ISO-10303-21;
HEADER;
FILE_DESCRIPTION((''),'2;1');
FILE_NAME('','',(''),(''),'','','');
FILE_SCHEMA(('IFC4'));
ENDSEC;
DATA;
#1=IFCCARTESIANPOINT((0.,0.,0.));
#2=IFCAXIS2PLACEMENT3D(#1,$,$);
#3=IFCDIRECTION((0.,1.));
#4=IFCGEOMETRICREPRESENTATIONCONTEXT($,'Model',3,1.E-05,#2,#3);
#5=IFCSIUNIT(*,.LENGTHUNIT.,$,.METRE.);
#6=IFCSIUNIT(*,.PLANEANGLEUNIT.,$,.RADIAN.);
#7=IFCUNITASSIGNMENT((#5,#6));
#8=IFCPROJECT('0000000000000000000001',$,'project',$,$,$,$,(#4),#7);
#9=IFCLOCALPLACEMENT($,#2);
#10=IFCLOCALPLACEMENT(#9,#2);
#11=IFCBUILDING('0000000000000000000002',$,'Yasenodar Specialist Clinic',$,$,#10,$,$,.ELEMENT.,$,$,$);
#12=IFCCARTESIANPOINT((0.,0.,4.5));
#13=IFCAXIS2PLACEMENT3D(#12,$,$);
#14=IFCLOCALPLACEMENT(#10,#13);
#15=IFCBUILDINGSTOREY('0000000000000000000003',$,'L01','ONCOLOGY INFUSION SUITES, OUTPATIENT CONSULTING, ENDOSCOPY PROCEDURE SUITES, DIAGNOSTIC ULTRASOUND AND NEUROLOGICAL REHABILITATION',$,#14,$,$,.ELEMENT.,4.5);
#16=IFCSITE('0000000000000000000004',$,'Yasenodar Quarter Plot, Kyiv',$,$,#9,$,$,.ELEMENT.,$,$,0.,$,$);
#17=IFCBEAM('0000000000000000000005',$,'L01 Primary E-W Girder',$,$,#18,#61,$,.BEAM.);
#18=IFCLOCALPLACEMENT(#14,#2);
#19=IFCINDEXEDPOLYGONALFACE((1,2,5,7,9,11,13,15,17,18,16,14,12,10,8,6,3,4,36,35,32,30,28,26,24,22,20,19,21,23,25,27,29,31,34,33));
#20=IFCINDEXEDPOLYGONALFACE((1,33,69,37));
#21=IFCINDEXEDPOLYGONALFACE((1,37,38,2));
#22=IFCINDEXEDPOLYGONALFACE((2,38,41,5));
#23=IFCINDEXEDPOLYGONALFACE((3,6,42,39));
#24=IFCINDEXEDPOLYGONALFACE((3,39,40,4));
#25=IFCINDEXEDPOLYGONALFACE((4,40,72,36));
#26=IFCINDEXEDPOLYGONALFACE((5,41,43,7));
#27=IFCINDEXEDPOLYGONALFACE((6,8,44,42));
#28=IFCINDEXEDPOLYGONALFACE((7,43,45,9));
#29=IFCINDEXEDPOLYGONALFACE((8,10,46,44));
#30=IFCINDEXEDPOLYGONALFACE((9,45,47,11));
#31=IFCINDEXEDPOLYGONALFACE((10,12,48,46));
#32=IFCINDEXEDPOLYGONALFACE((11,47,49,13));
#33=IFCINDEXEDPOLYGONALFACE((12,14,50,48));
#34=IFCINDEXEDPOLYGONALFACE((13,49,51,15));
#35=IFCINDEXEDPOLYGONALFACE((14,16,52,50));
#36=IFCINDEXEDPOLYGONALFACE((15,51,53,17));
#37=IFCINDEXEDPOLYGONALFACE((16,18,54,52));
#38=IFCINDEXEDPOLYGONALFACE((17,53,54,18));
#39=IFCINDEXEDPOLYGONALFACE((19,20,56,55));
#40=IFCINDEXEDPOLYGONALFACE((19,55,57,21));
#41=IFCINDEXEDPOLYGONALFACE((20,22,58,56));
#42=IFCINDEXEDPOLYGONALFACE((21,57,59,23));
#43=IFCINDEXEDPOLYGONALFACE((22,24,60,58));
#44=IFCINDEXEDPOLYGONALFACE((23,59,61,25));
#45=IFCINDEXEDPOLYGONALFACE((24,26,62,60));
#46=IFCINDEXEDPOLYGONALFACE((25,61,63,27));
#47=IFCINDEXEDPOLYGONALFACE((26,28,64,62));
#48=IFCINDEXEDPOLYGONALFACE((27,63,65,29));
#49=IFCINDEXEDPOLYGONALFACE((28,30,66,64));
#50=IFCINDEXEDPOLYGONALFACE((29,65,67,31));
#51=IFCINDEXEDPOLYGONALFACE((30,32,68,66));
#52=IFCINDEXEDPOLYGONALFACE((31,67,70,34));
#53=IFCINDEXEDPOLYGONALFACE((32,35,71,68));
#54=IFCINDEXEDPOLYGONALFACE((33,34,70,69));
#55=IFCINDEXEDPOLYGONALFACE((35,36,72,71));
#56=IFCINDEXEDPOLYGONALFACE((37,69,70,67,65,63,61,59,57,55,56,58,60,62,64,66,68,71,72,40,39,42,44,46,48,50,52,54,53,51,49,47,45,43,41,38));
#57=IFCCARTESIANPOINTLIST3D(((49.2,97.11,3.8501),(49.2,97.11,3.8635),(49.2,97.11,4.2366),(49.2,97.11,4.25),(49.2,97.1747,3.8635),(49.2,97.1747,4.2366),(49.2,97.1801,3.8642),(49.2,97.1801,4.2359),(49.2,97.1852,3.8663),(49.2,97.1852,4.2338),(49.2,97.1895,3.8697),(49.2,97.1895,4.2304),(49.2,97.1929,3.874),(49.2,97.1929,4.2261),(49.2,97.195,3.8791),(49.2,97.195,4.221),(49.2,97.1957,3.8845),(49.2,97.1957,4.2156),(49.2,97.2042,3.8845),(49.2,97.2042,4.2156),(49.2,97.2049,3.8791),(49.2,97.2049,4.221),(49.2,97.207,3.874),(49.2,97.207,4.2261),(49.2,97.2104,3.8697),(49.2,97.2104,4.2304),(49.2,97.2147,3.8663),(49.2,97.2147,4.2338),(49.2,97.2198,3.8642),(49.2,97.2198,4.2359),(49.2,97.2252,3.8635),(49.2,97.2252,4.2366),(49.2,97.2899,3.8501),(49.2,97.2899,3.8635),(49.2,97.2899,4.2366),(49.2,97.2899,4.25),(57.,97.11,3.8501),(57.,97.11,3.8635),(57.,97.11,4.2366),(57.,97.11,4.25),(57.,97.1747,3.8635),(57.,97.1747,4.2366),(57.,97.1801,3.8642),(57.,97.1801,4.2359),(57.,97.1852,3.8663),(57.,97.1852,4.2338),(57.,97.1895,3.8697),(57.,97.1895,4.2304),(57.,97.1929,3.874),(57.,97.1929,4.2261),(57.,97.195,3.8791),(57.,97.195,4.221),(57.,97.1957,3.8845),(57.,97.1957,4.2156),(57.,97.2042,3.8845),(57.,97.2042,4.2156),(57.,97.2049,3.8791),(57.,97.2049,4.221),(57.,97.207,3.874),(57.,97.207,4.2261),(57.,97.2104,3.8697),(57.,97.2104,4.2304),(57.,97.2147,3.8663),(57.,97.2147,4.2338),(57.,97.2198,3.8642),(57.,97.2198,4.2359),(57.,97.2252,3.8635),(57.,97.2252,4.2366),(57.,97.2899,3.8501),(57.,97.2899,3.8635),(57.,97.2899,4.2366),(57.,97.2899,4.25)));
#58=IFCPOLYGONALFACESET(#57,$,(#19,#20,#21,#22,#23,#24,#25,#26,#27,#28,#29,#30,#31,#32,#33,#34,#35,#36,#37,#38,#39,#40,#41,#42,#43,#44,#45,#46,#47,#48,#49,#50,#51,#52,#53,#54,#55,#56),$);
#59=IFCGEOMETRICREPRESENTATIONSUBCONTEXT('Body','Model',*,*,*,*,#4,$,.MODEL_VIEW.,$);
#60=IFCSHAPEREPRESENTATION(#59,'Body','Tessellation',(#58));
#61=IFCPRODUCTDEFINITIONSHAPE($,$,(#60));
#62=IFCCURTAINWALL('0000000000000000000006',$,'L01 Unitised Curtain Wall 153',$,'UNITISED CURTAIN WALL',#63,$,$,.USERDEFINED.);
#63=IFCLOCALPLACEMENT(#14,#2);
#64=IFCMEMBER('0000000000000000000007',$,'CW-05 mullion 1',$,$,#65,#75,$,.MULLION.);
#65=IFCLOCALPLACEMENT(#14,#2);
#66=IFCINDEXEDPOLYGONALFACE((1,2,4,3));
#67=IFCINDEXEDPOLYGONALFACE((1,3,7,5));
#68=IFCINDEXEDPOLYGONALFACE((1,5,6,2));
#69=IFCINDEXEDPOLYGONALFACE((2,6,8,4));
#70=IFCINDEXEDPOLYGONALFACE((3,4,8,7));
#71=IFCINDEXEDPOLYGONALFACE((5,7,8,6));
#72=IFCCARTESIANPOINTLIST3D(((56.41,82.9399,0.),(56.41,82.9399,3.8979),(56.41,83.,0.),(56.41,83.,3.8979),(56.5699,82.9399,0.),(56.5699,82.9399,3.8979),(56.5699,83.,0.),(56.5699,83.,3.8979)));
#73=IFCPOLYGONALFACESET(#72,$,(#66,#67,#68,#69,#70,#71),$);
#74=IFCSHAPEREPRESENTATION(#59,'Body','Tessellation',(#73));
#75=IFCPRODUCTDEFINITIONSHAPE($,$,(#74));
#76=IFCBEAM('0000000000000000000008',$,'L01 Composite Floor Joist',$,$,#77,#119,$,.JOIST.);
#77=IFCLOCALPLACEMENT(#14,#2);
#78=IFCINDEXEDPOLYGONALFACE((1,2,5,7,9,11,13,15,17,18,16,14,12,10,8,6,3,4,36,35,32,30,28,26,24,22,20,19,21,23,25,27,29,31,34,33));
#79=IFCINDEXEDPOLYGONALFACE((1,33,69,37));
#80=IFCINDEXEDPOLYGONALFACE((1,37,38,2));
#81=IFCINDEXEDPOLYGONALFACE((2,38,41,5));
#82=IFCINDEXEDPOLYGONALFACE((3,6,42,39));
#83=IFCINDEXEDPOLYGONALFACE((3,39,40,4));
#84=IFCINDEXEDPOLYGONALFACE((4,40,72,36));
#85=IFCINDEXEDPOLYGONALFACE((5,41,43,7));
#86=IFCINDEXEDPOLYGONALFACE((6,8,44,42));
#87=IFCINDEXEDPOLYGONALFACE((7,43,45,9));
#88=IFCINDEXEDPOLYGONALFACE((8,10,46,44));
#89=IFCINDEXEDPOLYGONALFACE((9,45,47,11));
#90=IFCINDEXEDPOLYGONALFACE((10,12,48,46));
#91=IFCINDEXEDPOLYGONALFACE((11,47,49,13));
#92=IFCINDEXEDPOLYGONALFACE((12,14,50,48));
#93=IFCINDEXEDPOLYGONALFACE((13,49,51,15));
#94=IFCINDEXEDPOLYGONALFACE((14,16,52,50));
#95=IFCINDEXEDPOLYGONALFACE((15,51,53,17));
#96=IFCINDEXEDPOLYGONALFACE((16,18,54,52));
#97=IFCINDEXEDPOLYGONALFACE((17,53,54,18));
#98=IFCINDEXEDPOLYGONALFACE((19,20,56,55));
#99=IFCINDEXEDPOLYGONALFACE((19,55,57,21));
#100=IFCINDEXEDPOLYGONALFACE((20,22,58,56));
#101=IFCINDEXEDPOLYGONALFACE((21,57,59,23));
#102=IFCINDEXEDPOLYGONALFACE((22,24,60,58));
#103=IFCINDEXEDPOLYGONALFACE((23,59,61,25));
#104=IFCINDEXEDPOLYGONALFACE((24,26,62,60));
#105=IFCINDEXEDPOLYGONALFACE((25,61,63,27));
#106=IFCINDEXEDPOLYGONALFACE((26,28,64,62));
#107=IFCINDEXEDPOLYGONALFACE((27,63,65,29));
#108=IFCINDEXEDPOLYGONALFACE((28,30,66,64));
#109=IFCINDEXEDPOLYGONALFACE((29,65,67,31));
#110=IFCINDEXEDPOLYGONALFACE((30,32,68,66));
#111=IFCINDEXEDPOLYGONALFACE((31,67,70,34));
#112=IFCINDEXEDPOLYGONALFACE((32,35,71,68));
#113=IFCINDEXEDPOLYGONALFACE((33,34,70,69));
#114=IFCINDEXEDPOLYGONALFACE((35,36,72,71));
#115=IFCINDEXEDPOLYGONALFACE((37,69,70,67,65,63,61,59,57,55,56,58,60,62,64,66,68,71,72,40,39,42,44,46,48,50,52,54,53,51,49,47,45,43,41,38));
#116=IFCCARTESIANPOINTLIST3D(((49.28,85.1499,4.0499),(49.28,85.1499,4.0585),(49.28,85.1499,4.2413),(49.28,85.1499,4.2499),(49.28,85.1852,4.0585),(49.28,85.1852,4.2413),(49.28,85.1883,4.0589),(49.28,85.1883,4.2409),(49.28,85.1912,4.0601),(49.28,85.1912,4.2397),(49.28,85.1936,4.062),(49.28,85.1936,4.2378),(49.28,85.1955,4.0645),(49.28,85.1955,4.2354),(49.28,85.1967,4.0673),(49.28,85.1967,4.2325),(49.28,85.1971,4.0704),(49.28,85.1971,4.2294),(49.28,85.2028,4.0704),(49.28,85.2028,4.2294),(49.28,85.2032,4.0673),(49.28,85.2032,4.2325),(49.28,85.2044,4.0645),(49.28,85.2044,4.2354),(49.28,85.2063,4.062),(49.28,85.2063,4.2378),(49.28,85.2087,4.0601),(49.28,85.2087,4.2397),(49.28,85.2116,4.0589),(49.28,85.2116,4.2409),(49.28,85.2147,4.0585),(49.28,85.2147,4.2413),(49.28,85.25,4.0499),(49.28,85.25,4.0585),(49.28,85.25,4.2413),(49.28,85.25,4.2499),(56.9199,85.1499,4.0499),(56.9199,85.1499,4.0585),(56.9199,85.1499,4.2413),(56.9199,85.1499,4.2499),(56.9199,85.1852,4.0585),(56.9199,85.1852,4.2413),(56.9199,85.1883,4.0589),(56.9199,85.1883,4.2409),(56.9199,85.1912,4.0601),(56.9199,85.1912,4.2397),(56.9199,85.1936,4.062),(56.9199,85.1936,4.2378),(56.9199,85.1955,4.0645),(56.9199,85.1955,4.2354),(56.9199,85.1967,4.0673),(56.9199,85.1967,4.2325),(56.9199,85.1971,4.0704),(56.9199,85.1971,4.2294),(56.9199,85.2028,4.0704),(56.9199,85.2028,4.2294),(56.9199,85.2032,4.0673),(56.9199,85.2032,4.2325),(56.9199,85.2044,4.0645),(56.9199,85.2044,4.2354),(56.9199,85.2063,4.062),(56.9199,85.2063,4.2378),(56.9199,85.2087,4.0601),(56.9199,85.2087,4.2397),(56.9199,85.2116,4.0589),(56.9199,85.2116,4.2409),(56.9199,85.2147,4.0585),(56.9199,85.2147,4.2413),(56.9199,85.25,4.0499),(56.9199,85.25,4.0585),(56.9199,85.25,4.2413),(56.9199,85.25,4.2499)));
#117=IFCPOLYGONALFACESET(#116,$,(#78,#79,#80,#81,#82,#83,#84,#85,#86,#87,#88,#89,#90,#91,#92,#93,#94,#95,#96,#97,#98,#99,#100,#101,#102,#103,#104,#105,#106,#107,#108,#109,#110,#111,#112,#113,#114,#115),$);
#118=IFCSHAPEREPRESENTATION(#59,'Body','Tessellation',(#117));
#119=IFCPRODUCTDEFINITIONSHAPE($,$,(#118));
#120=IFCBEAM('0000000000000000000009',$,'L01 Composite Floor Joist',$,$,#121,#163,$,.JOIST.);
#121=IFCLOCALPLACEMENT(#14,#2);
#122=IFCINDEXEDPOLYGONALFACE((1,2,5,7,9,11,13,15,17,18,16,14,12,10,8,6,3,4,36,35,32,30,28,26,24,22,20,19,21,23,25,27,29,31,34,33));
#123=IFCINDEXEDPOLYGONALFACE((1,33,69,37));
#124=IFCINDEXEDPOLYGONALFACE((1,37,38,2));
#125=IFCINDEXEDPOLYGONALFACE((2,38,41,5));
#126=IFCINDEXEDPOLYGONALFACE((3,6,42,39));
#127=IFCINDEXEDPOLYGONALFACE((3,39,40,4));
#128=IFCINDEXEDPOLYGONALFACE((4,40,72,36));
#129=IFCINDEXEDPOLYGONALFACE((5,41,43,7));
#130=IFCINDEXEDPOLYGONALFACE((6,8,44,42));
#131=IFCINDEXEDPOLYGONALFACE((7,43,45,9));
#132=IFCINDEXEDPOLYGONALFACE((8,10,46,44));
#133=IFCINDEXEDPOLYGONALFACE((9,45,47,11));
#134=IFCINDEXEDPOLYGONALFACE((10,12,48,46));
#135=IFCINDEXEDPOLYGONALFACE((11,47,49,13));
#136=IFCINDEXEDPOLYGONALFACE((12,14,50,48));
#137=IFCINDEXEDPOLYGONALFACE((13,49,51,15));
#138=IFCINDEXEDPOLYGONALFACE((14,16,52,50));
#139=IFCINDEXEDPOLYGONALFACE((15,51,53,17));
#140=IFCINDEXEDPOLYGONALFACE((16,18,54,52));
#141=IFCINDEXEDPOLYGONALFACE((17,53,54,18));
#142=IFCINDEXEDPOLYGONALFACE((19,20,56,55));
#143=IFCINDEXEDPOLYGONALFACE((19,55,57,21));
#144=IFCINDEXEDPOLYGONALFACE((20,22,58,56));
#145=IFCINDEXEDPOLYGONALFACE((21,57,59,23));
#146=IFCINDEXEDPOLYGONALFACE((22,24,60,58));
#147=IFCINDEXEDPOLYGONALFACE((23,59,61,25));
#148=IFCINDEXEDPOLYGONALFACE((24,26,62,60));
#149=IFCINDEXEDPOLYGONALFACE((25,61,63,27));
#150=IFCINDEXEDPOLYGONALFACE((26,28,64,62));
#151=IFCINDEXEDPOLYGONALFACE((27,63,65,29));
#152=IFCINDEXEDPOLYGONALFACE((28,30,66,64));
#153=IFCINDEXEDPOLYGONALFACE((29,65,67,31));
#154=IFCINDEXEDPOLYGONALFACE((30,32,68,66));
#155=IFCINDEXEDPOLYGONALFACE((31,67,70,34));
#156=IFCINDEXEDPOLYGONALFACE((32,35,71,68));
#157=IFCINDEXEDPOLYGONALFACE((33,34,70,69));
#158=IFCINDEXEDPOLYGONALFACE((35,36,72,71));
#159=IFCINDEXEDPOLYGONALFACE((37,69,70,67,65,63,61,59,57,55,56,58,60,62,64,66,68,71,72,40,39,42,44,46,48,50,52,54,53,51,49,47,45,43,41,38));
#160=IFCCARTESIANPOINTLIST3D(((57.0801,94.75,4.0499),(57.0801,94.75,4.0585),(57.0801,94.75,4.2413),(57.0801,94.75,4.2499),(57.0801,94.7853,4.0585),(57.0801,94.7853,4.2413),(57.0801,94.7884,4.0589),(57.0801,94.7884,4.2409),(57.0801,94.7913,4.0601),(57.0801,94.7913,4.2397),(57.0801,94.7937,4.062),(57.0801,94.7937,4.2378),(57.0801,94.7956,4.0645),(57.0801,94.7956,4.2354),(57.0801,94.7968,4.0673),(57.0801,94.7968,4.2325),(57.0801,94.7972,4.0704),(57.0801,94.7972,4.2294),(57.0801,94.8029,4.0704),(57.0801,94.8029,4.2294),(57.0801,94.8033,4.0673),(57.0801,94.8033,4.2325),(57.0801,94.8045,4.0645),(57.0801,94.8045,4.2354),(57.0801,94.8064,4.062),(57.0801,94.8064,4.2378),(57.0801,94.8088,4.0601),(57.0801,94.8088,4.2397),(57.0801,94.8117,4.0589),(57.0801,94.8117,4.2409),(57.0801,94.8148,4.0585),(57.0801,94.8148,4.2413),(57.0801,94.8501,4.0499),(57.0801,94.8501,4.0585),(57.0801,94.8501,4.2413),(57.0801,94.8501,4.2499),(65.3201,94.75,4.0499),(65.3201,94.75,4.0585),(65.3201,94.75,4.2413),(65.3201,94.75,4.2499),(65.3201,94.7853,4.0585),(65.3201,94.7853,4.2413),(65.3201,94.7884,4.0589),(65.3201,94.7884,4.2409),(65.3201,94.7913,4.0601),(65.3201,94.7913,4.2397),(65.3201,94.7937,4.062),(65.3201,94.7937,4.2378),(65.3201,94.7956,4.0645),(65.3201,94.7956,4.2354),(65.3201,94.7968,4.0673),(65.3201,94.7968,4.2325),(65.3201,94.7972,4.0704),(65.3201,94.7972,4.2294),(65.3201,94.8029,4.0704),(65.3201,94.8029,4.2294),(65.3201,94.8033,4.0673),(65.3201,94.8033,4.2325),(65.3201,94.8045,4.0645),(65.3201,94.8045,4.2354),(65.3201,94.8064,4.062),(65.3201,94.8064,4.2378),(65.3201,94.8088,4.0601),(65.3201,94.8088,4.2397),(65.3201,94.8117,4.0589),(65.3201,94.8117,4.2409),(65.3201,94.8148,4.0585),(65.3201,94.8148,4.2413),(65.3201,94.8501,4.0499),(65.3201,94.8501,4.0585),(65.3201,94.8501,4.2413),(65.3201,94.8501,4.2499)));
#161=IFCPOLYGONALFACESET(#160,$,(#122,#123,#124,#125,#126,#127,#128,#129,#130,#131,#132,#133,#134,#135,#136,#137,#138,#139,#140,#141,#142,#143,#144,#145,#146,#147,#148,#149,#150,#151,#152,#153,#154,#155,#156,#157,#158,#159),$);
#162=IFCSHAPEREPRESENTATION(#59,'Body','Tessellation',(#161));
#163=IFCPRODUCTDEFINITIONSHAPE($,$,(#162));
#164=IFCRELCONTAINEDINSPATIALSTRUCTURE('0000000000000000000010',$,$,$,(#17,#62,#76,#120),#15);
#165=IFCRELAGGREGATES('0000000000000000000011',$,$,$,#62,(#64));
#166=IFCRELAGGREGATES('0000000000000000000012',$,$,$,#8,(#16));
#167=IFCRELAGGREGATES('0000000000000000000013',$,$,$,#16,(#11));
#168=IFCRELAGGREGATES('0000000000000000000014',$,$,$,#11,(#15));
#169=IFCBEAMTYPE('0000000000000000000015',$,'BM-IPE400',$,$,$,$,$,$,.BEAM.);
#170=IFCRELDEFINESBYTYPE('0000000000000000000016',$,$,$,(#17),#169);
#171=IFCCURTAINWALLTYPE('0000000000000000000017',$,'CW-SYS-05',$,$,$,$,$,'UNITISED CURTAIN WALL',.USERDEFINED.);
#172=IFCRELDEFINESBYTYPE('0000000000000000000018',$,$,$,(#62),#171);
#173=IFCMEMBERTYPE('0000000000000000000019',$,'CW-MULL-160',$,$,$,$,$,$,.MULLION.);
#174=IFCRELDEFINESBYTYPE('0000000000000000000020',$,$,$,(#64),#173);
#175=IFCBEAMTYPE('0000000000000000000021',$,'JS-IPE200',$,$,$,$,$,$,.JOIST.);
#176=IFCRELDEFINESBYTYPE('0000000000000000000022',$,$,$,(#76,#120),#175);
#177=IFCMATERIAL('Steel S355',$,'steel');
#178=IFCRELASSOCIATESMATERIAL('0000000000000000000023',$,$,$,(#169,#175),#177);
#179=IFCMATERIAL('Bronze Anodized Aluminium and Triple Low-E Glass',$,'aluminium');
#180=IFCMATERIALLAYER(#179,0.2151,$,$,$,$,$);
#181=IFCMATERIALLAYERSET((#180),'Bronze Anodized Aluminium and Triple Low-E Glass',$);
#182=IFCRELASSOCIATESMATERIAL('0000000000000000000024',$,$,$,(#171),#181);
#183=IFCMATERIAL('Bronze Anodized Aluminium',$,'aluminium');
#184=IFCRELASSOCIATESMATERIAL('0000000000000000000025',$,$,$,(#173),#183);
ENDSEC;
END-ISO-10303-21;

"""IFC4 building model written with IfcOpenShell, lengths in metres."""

from ifc_helpers import new_model, si_unit, direction, frame, origin, origin_2d, place, context, subcontext, project, spatial, rectangle, i_section, extrude, material, layer, layer_set, material_profile, profile_set, type_object, element, aggregate, save


model = new_model("IFC4")

# Units and contexts
model_context = context("Model", 3, precision=1e-05, world=origin(), true_north=direction((0.0, 1.0)))
body_context = subcontext(model_context, "Body", "Model", "MODEL_VIEW")
ifc_project = project(units=[si_unit("LENGTHUNIT", "METRE"), si_unit("PLANEANGLEUNIT", "RADIAN")], contexts=[model_context])

# Site, building, storey
site_placement = place(None, origin())
site = spatial("IfcSite", under=ifc_project, at=site_placement, Name="Yasenodar Quarter Plot, Kyiv", CompositionType="ELEMENT", RefElevation=0.0)
building_placement = place(site_placement, origin())
building = spatial("IfcBuilding", under=site, at=building_placement, Name="Yasenodar Specialist Clinic", CompositionType="ELEMENT")
storey_placement = place(building_placement, frame((0.0, 0.0, 4.5)))
storey = spatial("IfcBuildingStorey", under=building, at=storey_placement, Name="L01", Description="ONCOLOGY INFUSION SUITES, OUTPATIENT CONSULTING, ENDOSCOPY PROCEDURE SUITES, DIAGNOSTIC ULTRASOUND AND NEUROLOGICAL REHABILITATION", CompositionType="ELEMENT", Elevation=4.5)

# Shared definitions
ifc_material_1 = material(Name="Steel S355", Category="steel")

# Beam
ifc_material_profile_1 = material_profile(ifc_material_1, i_section(OverallWidth=0.1799, OverallDepth=0.3999, WebThickness=0.0085, FlangeThickness=0.0134, FilletRadius=0.021, at=origin_2d()), Name="IPE 400")
ifc_profile_set_1 = profile_set([ifc_material_profile_1], Name="Steel S355")
beam_type_1 = type_object("IfcBeamType", Name="BM-IPE400", PredefinedType="BEAM", material=ifc_profile_set_1)
beam_1_placement = place(storey_placement, frame((49.2, 97.2, 4.05), z_axis=(1.0, 0.0, 0.0), x_axis=(0.0, 1.0, 0.0)))
element("IfcBeam", 1, at=beam_1_placement, inside=storey, type_object=beam_type_1, Name="L01 Primary E-W Girder", PredefinedType="BEAM", context=body_context, shape_type="SweptSolid", body=[
    extrude(i_section(OverallWidth=0.1799, OverallDepth=0.3999, WebThickness=0.0085, FlangeThickness=0.0134, FilletRadius=0.021, at=origin_2d()), origin(), (0.0, 0.0, 1.0), 7.8),
])

# Curtain wall, member
ifc_material_2 = material(Name="Bronze Anodized Aluminium and Triple Low-E Glass", Category="aluminium")
ifc_layer_1 = layer(ifc_material_2, 0.2151)
ifc_layer_set_1 = layer_set([ifc_layer_1], Name="Bronze Anodized Aluminium and Triple Low-E Glass")
curtain_wall_type = type_object("IfcCurtainWallType", Name="CW-SYS-05", ElementType="UNITISED CURTAIN WALL", PredefinedType="USERDEFINED", material=ifc_layer_set_1)
curtain_wall_placement = place(storey_placement, origin())
curtain_wall = element("IfcCurtainWall", 2, at=curtain_wall_placement, inside=storey, type_object=curtain_wall_type, Name="L01 Unitised Curtain Wall 153", ObjectType="UNITISED CURTAIN WALL", PredefinedType="USERDEFINED")
ifc_material_3 = material(Name="Bronze Anodized Aluminium", Category="aluminium")
ifc_material_profile_2 = material_profile(ifc_material_3, rectangle(XDim=0.0601, YDim=0.1599, at=origin_2d()), Name="CW-MULL 60x160")
ifc_profile_set_2 = profile_set([ifc_material_profile_2], Name="Bronze Anodized Aluminium")
member_type = type_object("IfcMemberType", Name="CW-MULL-160", PredefinedType="MULLION", material=ifc_profile_set_2)
member_placement = place(storey_placement, frame((56.49, 82.97, 0.0), z_axis=(0.0, 0.0, 1.0), x_axis=(0.0, -1.0, 0.0)))
member = element("IfcMember", 3, at=member_placement, type_object=member_type, Name="CW-05 mullion 1", PredefinedType="MULLION", context=body_context, shape_type="SweptSolid", body=[
    extrude(rectangle(XDim=0.0601, YDim=0.1599, at=origin_2d()), origin(), (0.0, 0.0, 1.0), 3.8979),
])
aggregate(curtain_wall, [member])

# Beams
ifc_material_profile_3 = material_profile(ifc_material_1, i_section(OverallWidth=0.1001, OverallDepth=0.2, WebThickness=0.0056, FlangeThickness=0.0085, FilletRadius=0.012, at=origin_2d()), Name="IPE 200")
ifc_profile_set_3 = profile_set([ifc_material_profile_3], Name="Steel S355")
beam_type_2 = type_object("IfcBeamType", Name="JS-IPE200", PredefinedType="JOIST", material=ifc_profile_set_3)
beam_2_placement = place(storey_placement, frame((49.28, 85.2, 4.1499), z_axis=(1.0, 0.0, 0.0), x_axis=(0.0, 1.0, 0.0)))
element("IfcBeam", 4, at=beam_2_placement, inside=storey, type_object=beam_type_2, Name="L01 Composite Floor Joist", PredefinedType="JOIST", context=body_context, shape_type="SweptSolid", body=[
    extrude(i_section(OverallWidth=0.1001, OverallDepth=0.2, WebThickness=0.0056, FlangeThickness=0.0085, FilletRadius=0.012, at=origin_2d()), origin(), (0.0, 0.0, 1.0), 7.6399),
])
beam_3_placement = place(storey_placement, frame((57.0801, 94.8, 4.1499), z_axis=(1.0, 0.0, 0.0), x_axis=(0.0, 1.0, 0.0)))
element("IfcBeam", 5, at=beam_3_placement, inside=storey, type_object=beam_type_2, Name="L01 Composite Floor Joist", PredefinedType="JOIST", context=body_context, shape_type="SweptSolid", body=[
    extrude(i_section(OverallWidth=0.1001, OverallDepth=0.2, WebThickness=0.0056, FlangeThickness=0.0085, FilletRadius=0.012, at=origin_2d()), origin(), (0.0, 0.0, 1.0), 8.24),
])

save(model, "model.ifc")
